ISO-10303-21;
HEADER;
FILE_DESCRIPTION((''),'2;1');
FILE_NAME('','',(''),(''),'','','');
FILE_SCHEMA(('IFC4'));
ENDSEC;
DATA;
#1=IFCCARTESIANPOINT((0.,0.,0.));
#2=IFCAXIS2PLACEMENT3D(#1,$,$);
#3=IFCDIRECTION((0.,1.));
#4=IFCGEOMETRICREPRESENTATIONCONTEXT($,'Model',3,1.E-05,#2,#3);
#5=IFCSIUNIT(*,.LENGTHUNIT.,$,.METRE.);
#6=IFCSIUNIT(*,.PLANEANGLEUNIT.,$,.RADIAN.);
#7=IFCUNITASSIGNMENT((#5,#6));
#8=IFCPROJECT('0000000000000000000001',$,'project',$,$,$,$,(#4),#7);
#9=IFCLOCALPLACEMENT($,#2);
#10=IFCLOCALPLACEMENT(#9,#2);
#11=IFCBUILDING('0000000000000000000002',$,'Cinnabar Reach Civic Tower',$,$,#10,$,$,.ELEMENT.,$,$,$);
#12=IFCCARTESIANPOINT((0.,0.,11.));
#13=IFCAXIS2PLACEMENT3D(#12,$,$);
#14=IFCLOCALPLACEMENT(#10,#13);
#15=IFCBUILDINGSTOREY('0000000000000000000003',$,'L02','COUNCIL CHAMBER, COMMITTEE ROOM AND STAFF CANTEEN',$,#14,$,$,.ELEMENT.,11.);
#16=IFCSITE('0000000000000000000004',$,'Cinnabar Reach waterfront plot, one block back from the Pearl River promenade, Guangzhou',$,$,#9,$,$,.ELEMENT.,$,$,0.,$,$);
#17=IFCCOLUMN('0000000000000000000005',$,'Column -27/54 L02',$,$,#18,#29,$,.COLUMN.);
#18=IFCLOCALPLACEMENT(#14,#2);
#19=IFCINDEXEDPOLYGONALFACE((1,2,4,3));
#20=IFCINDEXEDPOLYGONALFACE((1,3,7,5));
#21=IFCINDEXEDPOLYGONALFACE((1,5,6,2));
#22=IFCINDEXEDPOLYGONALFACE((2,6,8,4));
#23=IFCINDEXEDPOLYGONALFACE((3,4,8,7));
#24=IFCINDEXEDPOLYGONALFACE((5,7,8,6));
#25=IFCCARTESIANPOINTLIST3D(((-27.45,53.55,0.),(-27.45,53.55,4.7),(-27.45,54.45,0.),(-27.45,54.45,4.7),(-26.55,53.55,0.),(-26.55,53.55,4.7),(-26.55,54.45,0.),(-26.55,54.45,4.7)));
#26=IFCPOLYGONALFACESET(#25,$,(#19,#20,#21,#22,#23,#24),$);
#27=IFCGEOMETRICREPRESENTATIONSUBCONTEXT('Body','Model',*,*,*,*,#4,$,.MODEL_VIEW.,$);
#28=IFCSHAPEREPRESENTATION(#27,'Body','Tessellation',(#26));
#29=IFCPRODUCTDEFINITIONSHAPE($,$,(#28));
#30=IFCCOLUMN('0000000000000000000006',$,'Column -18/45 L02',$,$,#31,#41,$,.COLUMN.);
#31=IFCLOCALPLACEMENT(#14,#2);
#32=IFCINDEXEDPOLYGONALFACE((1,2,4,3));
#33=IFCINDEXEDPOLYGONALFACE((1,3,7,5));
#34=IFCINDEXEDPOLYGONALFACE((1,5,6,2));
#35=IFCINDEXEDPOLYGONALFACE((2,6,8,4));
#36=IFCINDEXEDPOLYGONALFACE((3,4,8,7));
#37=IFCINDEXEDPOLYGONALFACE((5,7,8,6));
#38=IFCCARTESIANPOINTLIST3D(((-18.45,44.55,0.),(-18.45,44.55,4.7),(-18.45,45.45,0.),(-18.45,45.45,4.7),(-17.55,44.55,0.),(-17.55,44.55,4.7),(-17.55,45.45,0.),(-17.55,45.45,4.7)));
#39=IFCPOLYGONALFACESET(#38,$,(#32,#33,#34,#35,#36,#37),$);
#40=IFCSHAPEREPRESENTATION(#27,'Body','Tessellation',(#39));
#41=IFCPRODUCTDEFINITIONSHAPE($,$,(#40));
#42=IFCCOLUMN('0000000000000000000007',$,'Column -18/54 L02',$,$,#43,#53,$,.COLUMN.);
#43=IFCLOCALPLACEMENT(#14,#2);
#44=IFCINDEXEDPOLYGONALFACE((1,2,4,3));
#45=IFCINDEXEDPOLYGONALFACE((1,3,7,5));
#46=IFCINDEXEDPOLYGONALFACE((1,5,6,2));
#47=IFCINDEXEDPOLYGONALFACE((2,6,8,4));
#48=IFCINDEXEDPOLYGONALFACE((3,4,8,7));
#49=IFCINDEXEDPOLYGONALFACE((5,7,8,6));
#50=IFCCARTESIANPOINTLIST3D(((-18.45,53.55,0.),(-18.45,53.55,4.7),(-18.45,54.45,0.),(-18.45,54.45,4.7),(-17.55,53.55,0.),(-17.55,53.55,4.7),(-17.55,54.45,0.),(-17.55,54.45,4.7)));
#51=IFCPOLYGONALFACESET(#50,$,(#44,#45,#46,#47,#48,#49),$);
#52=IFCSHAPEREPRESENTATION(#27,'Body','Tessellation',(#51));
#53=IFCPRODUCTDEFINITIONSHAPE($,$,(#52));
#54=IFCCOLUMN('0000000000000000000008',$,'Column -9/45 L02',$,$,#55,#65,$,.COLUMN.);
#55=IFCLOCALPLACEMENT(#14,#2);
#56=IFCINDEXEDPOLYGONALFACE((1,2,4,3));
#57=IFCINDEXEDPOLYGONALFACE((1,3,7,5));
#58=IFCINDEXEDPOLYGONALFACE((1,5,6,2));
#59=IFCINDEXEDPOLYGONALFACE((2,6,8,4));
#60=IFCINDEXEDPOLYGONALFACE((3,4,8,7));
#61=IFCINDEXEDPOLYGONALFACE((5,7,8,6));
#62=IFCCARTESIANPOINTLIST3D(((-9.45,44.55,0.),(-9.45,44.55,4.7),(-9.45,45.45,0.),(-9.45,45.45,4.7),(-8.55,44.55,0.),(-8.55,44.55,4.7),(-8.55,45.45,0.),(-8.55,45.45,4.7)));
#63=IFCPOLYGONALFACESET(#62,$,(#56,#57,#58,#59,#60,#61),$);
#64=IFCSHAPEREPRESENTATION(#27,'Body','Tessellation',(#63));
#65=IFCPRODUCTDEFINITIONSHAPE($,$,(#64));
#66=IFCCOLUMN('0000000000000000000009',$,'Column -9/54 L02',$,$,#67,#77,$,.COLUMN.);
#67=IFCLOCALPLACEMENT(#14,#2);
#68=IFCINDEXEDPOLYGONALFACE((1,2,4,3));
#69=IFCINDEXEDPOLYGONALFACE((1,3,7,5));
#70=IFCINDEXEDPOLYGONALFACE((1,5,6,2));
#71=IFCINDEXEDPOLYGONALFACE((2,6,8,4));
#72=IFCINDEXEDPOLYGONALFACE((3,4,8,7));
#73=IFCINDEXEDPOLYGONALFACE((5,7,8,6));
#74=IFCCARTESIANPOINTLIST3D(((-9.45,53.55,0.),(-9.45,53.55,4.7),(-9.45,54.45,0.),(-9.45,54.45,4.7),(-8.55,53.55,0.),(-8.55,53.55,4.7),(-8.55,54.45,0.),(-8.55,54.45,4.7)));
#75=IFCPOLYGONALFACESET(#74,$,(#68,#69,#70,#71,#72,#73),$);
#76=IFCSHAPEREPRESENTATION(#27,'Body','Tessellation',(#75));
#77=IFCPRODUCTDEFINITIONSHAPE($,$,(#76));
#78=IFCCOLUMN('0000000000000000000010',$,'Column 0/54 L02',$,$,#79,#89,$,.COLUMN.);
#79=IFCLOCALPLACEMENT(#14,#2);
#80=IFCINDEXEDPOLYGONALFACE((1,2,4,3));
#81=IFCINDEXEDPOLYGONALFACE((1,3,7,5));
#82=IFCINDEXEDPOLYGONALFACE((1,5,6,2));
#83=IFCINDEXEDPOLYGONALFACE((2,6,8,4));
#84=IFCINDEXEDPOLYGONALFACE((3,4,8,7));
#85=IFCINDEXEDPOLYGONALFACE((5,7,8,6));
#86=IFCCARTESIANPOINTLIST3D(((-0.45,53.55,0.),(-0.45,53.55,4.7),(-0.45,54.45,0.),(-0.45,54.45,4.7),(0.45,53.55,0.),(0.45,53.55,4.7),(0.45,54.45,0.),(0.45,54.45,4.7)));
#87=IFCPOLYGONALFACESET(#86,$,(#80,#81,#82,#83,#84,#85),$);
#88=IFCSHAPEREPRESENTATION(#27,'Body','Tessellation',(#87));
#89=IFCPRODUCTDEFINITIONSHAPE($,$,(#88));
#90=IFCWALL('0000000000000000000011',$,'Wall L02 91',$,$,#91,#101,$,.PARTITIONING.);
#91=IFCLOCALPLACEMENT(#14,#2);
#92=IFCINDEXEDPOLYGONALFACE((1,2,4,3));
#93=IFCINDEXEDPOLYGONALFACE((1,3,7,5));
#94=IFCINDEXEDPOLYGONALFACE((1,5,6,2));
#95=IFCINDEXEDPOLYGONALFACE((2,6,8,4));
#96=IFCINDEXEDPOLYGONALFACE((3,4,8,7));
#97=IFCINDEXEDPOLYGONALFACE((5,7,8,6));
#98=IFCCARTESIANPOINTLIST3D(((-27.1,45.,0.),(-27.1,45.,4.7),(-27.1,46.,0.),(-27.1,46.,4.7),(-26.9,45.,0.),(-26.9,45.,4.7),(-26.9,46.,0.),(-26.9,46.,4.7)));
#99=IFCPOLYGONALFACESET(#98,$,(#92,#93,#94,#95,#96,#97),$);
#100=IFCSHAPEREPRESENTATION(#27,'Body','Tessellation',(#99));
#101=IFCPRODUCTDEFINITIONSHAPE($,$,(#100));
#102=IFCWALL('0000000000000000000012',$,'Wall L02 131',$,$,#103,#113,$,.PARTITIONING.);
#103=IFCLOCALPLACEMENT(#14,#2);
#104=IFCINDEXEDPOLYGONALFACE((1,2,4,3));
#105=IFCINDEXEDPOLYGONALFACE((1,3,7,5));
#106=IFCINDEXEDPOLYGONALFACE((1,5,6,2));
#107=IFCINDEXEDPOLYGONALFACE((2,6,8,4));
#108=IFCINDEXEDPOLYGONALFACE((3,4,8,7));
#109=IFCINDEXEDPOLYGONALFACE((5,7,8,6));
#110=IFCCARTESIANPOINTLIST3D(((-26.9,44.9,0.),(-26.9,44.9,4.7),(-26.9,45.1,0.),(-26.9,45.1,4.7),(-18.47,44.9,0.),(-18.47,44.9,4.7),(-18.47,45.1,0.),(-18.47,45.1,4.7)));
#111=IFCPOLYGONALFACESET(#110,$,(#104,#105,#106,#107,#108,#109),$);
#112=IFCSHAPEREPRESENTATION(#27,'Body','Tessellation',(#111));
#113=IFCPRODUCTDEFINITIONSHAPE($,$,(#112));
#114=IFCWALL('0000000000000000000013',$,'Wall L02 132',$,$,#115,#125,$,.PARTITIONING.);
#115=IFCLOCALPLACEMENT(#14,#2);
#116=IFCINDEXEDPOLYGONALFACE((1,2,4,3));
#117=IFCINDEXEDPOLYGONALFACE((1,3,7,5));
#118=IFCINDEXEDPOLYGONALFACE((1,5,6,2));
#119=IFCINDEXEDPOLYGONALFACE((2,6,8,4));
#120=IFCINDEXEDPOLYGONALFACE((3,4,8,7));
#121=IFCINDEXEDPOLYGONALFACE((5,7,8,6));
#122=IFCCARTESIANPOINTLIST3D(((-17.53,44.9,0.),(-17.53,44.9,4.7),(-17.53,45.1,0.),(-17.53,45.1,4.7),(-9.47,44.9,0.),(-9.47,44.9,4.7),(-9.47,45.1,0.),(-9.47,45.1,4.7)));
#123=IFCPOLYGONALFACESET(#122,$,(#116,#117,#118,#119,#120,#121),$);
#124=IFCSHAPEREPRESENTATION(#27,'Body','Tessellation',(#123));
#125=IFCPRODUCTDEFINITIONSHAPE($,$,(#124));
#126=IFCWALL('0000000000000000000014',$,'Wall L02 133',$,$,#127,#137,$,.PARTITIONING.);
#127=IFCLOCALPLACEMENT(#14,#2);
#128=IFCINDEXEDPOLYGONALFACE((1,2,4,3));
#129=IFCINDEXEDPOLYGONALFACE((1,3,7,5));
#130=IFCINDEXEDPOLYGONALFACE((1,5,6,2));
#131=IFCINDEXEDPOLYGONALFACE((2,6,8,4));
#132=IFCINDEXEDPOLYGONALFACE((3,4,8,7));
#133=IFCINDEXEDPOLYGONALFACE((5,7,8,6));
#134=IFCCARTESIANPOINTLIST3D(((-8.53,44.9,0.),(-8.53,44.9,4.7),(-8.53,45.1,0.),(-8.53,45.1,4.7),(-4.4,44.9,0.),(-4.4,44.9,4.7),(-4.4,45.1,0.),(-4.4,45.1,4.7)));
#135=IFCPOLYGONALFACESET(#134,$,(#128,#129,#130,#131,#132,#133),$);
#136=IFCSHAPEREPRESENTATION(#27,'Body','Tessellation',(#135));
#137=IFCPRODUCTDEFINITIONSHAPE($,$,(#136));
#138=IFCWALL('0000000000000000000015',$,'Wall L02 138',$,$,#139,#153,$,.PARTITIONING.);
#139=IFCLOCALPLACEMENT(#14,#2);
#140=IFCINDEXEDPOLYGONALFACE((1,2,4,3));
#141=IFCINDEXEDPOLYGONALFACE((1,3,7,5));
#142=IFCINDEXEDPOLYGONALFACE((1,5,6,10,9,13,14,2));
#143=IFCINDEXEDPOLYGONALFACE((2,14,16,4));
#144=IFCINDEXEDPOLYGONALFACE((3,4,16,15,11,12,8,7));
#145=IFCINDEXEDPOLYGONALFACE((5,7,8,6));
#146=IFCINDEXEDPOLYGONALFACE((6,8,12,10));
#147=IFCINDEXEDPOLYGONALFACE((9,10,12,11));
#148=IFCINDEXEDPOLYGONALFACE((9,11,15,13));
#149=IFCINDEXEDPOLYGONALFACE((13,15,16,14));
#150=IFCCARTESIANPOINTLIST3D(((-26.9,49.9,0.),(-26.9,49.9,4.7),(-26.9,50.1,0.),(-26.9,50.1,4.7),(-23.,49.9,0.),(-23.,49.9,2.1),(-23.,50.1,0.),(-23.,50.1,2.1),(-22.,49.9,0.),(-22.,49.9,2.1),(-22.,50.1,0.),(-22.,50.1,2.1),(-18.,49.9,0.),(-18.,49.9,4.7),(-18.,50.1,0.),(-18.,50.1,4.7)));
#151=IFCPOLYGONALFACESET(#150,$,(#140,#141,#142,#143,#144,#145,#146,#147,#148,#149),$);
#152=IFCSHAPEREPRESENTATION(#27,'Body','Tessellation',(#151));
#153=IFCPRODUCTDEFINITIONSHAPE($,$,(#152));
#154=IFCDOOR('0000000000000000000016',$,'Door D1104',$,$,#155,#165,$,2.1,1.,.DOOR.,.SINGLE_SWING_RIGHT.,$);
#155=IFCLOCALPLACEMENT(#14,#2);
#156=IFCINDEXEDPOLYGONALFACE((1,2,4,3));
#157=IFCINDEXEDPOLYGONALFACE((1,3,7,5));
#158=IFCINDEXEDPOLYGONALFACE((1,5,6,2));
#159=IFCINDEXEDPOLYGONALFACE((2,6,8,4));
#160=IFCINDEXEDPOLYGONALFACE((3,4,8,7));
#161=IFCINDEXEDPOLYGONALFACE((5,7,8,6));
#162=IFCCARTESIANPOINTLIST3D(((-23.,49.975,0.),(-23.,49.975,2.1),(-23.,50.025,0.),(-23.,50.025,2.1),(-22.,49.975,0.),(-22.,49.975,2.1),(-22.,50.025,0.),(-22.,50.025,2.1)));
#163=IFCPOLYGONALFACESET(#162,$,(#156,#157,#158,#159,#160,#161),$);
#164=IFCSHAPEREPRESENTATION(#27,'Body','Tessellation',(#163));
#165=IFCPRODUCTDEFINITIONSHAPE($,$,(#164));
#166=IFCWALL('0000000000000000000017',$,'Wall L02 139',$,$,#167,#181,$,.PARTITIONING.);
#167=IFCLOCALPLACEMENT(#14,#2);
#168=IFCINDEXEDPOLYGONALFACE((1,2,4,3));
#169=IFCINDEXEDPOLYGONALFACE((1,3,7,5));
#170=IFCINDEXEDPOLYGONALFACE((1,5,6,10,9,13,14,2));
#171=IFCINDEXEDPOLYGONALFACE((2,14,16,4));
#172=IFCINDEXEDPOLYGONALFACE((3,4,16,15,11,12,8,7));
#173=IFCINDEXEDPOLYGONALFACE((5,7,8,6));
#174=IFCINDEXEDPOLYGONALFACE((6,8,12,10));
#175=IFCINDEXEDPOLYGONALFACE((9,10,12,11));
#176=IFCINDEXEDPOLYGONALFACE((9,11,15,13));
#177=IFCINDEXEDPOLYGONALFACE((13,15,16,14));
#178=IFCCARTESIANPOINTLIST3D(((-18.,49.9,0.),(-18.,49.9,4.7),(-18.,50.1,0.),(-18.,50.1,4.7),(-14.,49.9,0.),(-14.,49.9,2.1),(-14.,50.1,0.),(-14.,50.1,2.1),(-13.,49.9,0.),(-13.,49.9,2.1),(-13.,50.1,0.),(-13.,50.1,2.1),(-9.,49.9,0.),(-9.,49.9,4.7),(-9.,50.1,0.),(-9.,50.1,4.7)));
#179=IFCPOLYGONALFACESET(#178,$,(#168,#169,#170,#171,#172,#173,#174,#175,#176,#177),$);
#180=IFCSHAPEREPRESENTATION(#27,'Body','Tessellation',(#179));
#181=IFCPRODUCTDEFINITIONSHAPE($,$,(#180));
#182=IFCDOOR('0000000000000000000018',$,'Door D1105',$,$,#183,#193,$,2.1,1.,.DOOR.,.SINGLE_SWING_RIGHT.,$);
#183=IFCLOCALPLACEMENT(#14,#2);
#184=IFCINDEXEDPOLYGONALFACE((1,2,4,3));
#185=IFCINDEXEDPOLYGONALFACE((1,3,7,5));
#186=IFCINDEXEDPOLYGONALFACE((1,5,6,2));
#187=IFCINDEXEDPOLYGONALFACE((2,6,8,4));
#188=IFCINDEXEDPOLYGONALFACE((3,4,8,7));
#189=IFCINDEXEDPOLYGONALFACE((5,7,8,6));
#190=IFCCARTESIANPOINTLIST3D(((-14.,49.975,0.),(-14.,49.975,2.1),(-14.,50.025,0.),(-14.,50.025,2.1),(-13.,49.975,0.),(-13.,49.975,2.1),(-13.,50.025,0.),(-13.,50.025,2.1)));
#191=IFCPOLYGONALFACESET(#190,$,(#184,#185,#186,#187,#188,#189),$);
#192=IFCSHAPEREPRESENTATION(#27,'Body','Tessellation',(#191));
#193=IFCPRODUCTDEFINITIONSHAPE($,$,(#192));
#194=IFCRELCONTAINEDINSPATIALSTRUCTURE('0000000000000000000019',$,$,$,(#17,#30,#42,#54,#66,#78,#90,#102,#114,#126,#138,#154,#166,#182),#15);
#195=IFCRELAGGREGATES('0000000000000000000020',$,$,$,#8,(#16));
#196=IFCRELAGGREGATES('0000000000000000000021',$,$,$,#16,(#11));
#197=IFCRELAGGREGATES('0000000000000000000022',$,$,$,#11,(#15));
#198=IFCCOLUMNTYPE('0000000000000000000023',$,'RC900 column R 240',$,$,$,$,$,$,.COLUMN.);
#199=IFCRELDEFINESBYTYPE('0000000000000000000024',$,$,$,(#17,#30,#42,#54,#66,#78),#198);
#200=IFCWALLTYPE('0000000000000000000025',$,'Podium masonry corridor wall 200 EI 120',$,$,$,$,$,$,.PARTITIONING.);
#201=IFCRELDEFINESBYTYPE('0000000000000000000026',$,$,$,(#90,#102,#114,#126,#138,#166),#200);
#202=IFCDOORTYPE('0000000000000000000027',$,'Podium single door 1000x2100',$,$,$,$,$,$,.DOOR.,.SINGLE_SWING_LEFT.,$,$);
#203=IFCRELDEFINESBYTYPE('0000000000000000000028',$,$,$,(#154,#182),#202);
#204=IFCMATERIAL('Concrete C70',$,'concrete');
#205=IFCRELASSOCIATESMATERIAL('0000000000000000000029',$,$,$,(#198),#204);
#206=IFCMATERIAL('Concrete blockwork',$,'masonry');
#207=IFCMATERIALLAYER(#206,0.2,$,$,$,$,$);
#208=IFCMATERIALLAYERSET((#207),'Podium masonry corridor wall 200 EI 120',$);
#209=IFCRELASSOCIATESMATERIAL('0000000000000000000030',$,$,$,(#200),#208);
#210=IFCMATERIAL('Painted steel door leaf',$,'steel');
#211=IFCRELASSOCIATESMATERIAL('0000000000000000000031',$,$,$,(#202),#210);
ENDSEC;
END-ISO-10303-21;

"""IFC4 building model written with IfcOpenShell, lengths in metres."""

from ifc_helpers import new_model, si_unit, direction, frame, frame_2d, origin, origin_2d, place, context, subcontext, project, spatial, rectangle, extrude, material, layer, layer_set, material_profile, profile_set, type_object, element, fill, save


model = new_model("IFC4")

# Units and contexts
model_context = context("Model", 3, precision=1e-05, world=origin(), true_north=direction((0.0, 1.0)))
body_context = subcontext(model_context, "Body", "Model", "MODEL_VIEW")
ifc_project = project(units=[si_unit("LENGTHUNIT", "METRE"), si_unit("PLANEANGLEUNIT", "RADIAN")], contexts=[model_context])

# Site, building, storey
site_placement = place(None, origin())
site = spatial("IfcSite", under=ifc_project, at=site_placement, Name="Cinnabar Reach waterfront plot, one block back from the Pearl River promenade, Guangzhou", CompositionType="ELEMENT", RefElevation=0.0)
building_placement = place(site_placement, origin())
building = spatial("IfcBuilding", under=site, at=building_placement, Name="Cinnabar Reach Civic Tower", CompositionType="ELEMENT")
storey_placement = place(building_placement, frame((0.0, 0.0, 11.0)))
storey = spatial("IfcBuildingStorey", under=building, at=storey_placement, Name="L02", Description="COUNCIL CHAMBER, COMMITTEE ROOM AND STAFF CANTEEN", CompositionType="ELEMENT", Elevation=11.0)

# Columns
ifc_material_1 = material(Name="Concrete C70", Category="concrete")
ifc_material_profile = material_profile(ifc_material_1, rectangle(XDim=0.9, YDim=0.9, at=origin_2d()), Name="RC900")
ifc_profile_set = profile_set([ifc_material_profile], Name="Concrete C70")
column_type = type_object("IfcColumnType", Name="RC900 column R 240", PredefinedType="COLUMN", material=ifc_profile_set)
for number, where, z_axis, x_axis, name in (
    (1, (-27.0, 54.0, 0.0), (0.0, 0.0, 1.0), (1.0, 0.0, 0.0), "Column -27/54 L02"),
    (2, (-18.0, 45.0, 0.0), (0.0, 0.0, 1.0), (1.0, 0.0, 0.0), "Column -18/45 L02"),
    (3, (-18.0, 54.0, 0.0), (0.0, 0.0, 1.0), (1.0, 0.0, 0.0), "Column -18/54 L02"),
    (4, (-9.0, 45.0, 0.0), (0.0, 0.0, 1.0), (1.0, 0.0, 0.0), "Column -9/45 L02"),
    (5, (-9.0, 54.0, 0.0), (0.0, 0.0, 1.0), (1.0, 0.0, 0.0), "Column -9/54 L02"),
    (6, (0.0, 54.0, 0.0), (0.0, 0.0, 1.0), (1.0, 0.0, 0.0), "Column 0/54 L02"),
):
    element("IfcColumn", number, at=place(storey_placement, frame(where, z_axis=z_axis, x_axis=x_axis)), inside=storey, type_object=column_type, Name=name, PredefinedType="COLUMN", context=body_context, shape_type="SweptSolid", body=[
        extrude(rectangle(XDim=0.9, YDim=0.9, at=origin_2d()), origin(), (0.0, 0.0, 1.0), 4.7),
    ])

# Walls
ifc_material_2 = material(Name="Concrete blockwork", Category="masonry")
ifc_layer_1 = layer(ifc_material_2, 0.2)
ifc_layer_set_1 = layer_set([ifc_layer_1], Name="Podium masonry corridor wall 200 EI 120")
wall_type_1 = type_object("IfcWallType", Name="Podium masonry corridor wall 200 EI 120", PredefinedType="PARTITIONING", material=ifc_layer_set_1)
wall_1_placement = place(storey_placement, frame((-27.0, 45.0, 0.0), z_axis=(0.0, 0.0, 1.0), x_axis=(0.0, 1.0, 0.0)))
element("IfcWall", 7, at=wall_1_placement, inside=storey, type_object=wall_type_1, Name="Wall L02 91", PredefinedType="PARTITIONING", context=body_context, shape_type="SweptSolid", body=[
    extrude(rectangle(XDim=1.0, YDim=0.2, at=frame_2d((0.5, 0.0))), origin(), (0.0, 0.0, 1.0), 4.7),
])
wall_2_placement = place(storey_placement, frame((-26.9, 45.0, 0.0), z_axis=(0.0, 0.0, 1.0), x_axis=(1.0, 0.0, 0.0)))
element("IfcWall", 8, at=wall_2_placement, inside=storey, type_object=wall_type_1, Name="Wall L02 131", PredefinedType="PARTITIONING", context=body_context, shape_type="SweptSolid", body=[
    extrude(rectangle(XDim=8.43, YDim=0.2, at=frame_2d((4.215, 0.0))), origin(), (0.0, 0.0, 1.0), 4.7),
])
wall_3_placement = place(storey_placement, frame((-17.53, 45.0, 0.0), z_axis=(0.0, 0.0, 1.0), x_axis=(1.0, 0.0, 0.0)))
element("IfcWall", 9, at=wall_3_placement, inside=storey, type_object=wall_type_1, Name="Wall L02 132", PredefinedType="PARTITIONING", context=body_context, shape_type="SweptSolid", body=[
    extrude(rectangle(XDim=8.06, YDim=0.2, at=frame_2d((4.03, 0.0))), origin(), (0.0, 0.0, 1.0), 4.7),
])
wall_4_placement = place(storey_placement, frame((-8.53, 45.0, 0.0), z_axis=(0.0, 0.0, 1.0), x_axis=(1.0, 0.0, 0.0)))
element("IfcWall", 10, at=wall_4_placement, inside=storey, type_object=wall_type_1, Name="Wall L02 133", PredefinedType="PARTITIONING", context=body_context, shape_type="SweptSolid", body=[
    extrude(rectangle(XDim=4.13, YDim=0.2, at=frame_2d((2.065, 0.0))), origin(), (0.0, 0.0, 1.0), 4.7),
])

# Walls, openings, doors
wall_5_placement = place(storey_placement, frame((-26.9, 50.0, 0.0), z_axis=(0.0, 0.0, 1.0), x_axis=(1.0, 0.0, 0.0)))
wall_5 = element("IfcWall", 11, at=wall_5_placement, inside=storey, type_object=wall_type_1, Name="Wall L02 138", PredefinedType="PARTITIONING", context=body_context, shape_type="SweptSolid", body=[
    extrude(rectangle(XDim=8.9, YDim=0.2, at=frame_2d((4.45, 0.0))), origin(), (0.0, 0.0, 1.0), 4.7),
])
opening_1_placement = place(wall_5_placement, frame((3.9, 0.0, 0.0)))
opening_1 = element("IfcOpeningElement", 12, at=opening_1_placement, cuts=wall_5, PredefinedType="OPENING", context=body_context, shape_type="SweptSolid", body=[
    extrude(rectangle(XDim=1.0, YDim=2.1, at=frame_2d((0.5, 1.05))), frame((0.0, 0.11, 0.0), z_axis=(0.0, -1.0, 0.0), x_axis=(1.0, 0.0, 0.0)), (0.0, 0.0, 1.0), 0.22),
])
ifc_material_3 = material(Name="Painted steel door leaf", Category="steel")
door_type = type_object("IfcDoorType", Name="Podium single door 1000x2100", OperationType="SINGLE_SWING_LEFT", PredefinedType="DOOR", material=ifc_material_3)
door_1_placement = place(opening_1_placement, origin())
door_1 = element("IfcDoor", 13, at=door_1_placement, inside=storey, type_object=door_type, Name="Door D1104", OperationType="SINGLE_SWING_RIGHT", OverallHeight=2.1, OverallWidth=1.0, PredefinedType="DOOR", context=body_context, shape_type="SweptSolid", body=[
    extrude(rectangle(XDim=1.0, YDim=2.1, at=frame_2d((0.5, 1.05))), frame((0.0, 0.025, 0.0), z_axis=(0.0, -1.0, 0.0), x_axis=(1.0, 0.0, 0.0)), (0.0, 0.0, 1.0), 0.05),
])
fill(opening_1, door_1)
wall_6_placement = place(storey_placement, frame((-18.0, 50.0, 0.0), z_axis=(0.0, 0.0, 1.0), x_axis=(1.0, 0.0, 0.0)))
wall_6 = element("IfcWall", 14, at=wall_6_placement, inside=storey, type_object=wall_type_1, Name="Wall L02 139", PredefinedType="PARTITIONING", context=body_context, shape_type="SweptSolid", body=[
    extrude(rectangle(XDim=9.0, YDim=0.2, at=frame_2d((4.5, 0.0))), origin(), (0.0, 0.0, 1.0), 4.7),
])
opening_2_placement = place(wall_6_placement, frame((4.0, 0.0, 0.0)))
opening_2 = element("IfcOpeningElement", 15, at=opening_2_placement, cuts=wall_6, PredefinedType="OPENING", context=body_context, shape_type="SweptSolid", body=[
    extrude(rectangle(XDim=1.0, YDim=2.1, at=frame_2d((0.5, 1.05))), frame((0.0, 0.11, 0.0), z_axis=(0.0, -1.0, 0.0), x_axis=(1.0, 0.0, 0.0)), (0.0, 0.0, 1.0), 0.22),
])
door_2_placement = place(opening_2_placement, origin())
door_2 = element("IfcDoor", 16, at=door_2_placement, inside=storey, type_object=door_type, Name="Door D1105", OperationType="SINGLE_SWING_RIGHT", OverallHeight=2.1, OverallWidth=1.0, PredefinedType="DOOR", context=body_context, shape_type="SweptSolid", body=[
    extrude(rectangle(XDim=1.0, YDim=2.1, at=frame_2d((0.5, 1.05))), frame((0.0, 0.025, 0.0), z_axis=(0.0, -1.0, 0.0), x_axis=(1.0, 0.0, 0.0)), (0.0, 0.0, 1.0), 0.05),
])
fill(opening_2, door_2)

save(model, "model.ifc")
